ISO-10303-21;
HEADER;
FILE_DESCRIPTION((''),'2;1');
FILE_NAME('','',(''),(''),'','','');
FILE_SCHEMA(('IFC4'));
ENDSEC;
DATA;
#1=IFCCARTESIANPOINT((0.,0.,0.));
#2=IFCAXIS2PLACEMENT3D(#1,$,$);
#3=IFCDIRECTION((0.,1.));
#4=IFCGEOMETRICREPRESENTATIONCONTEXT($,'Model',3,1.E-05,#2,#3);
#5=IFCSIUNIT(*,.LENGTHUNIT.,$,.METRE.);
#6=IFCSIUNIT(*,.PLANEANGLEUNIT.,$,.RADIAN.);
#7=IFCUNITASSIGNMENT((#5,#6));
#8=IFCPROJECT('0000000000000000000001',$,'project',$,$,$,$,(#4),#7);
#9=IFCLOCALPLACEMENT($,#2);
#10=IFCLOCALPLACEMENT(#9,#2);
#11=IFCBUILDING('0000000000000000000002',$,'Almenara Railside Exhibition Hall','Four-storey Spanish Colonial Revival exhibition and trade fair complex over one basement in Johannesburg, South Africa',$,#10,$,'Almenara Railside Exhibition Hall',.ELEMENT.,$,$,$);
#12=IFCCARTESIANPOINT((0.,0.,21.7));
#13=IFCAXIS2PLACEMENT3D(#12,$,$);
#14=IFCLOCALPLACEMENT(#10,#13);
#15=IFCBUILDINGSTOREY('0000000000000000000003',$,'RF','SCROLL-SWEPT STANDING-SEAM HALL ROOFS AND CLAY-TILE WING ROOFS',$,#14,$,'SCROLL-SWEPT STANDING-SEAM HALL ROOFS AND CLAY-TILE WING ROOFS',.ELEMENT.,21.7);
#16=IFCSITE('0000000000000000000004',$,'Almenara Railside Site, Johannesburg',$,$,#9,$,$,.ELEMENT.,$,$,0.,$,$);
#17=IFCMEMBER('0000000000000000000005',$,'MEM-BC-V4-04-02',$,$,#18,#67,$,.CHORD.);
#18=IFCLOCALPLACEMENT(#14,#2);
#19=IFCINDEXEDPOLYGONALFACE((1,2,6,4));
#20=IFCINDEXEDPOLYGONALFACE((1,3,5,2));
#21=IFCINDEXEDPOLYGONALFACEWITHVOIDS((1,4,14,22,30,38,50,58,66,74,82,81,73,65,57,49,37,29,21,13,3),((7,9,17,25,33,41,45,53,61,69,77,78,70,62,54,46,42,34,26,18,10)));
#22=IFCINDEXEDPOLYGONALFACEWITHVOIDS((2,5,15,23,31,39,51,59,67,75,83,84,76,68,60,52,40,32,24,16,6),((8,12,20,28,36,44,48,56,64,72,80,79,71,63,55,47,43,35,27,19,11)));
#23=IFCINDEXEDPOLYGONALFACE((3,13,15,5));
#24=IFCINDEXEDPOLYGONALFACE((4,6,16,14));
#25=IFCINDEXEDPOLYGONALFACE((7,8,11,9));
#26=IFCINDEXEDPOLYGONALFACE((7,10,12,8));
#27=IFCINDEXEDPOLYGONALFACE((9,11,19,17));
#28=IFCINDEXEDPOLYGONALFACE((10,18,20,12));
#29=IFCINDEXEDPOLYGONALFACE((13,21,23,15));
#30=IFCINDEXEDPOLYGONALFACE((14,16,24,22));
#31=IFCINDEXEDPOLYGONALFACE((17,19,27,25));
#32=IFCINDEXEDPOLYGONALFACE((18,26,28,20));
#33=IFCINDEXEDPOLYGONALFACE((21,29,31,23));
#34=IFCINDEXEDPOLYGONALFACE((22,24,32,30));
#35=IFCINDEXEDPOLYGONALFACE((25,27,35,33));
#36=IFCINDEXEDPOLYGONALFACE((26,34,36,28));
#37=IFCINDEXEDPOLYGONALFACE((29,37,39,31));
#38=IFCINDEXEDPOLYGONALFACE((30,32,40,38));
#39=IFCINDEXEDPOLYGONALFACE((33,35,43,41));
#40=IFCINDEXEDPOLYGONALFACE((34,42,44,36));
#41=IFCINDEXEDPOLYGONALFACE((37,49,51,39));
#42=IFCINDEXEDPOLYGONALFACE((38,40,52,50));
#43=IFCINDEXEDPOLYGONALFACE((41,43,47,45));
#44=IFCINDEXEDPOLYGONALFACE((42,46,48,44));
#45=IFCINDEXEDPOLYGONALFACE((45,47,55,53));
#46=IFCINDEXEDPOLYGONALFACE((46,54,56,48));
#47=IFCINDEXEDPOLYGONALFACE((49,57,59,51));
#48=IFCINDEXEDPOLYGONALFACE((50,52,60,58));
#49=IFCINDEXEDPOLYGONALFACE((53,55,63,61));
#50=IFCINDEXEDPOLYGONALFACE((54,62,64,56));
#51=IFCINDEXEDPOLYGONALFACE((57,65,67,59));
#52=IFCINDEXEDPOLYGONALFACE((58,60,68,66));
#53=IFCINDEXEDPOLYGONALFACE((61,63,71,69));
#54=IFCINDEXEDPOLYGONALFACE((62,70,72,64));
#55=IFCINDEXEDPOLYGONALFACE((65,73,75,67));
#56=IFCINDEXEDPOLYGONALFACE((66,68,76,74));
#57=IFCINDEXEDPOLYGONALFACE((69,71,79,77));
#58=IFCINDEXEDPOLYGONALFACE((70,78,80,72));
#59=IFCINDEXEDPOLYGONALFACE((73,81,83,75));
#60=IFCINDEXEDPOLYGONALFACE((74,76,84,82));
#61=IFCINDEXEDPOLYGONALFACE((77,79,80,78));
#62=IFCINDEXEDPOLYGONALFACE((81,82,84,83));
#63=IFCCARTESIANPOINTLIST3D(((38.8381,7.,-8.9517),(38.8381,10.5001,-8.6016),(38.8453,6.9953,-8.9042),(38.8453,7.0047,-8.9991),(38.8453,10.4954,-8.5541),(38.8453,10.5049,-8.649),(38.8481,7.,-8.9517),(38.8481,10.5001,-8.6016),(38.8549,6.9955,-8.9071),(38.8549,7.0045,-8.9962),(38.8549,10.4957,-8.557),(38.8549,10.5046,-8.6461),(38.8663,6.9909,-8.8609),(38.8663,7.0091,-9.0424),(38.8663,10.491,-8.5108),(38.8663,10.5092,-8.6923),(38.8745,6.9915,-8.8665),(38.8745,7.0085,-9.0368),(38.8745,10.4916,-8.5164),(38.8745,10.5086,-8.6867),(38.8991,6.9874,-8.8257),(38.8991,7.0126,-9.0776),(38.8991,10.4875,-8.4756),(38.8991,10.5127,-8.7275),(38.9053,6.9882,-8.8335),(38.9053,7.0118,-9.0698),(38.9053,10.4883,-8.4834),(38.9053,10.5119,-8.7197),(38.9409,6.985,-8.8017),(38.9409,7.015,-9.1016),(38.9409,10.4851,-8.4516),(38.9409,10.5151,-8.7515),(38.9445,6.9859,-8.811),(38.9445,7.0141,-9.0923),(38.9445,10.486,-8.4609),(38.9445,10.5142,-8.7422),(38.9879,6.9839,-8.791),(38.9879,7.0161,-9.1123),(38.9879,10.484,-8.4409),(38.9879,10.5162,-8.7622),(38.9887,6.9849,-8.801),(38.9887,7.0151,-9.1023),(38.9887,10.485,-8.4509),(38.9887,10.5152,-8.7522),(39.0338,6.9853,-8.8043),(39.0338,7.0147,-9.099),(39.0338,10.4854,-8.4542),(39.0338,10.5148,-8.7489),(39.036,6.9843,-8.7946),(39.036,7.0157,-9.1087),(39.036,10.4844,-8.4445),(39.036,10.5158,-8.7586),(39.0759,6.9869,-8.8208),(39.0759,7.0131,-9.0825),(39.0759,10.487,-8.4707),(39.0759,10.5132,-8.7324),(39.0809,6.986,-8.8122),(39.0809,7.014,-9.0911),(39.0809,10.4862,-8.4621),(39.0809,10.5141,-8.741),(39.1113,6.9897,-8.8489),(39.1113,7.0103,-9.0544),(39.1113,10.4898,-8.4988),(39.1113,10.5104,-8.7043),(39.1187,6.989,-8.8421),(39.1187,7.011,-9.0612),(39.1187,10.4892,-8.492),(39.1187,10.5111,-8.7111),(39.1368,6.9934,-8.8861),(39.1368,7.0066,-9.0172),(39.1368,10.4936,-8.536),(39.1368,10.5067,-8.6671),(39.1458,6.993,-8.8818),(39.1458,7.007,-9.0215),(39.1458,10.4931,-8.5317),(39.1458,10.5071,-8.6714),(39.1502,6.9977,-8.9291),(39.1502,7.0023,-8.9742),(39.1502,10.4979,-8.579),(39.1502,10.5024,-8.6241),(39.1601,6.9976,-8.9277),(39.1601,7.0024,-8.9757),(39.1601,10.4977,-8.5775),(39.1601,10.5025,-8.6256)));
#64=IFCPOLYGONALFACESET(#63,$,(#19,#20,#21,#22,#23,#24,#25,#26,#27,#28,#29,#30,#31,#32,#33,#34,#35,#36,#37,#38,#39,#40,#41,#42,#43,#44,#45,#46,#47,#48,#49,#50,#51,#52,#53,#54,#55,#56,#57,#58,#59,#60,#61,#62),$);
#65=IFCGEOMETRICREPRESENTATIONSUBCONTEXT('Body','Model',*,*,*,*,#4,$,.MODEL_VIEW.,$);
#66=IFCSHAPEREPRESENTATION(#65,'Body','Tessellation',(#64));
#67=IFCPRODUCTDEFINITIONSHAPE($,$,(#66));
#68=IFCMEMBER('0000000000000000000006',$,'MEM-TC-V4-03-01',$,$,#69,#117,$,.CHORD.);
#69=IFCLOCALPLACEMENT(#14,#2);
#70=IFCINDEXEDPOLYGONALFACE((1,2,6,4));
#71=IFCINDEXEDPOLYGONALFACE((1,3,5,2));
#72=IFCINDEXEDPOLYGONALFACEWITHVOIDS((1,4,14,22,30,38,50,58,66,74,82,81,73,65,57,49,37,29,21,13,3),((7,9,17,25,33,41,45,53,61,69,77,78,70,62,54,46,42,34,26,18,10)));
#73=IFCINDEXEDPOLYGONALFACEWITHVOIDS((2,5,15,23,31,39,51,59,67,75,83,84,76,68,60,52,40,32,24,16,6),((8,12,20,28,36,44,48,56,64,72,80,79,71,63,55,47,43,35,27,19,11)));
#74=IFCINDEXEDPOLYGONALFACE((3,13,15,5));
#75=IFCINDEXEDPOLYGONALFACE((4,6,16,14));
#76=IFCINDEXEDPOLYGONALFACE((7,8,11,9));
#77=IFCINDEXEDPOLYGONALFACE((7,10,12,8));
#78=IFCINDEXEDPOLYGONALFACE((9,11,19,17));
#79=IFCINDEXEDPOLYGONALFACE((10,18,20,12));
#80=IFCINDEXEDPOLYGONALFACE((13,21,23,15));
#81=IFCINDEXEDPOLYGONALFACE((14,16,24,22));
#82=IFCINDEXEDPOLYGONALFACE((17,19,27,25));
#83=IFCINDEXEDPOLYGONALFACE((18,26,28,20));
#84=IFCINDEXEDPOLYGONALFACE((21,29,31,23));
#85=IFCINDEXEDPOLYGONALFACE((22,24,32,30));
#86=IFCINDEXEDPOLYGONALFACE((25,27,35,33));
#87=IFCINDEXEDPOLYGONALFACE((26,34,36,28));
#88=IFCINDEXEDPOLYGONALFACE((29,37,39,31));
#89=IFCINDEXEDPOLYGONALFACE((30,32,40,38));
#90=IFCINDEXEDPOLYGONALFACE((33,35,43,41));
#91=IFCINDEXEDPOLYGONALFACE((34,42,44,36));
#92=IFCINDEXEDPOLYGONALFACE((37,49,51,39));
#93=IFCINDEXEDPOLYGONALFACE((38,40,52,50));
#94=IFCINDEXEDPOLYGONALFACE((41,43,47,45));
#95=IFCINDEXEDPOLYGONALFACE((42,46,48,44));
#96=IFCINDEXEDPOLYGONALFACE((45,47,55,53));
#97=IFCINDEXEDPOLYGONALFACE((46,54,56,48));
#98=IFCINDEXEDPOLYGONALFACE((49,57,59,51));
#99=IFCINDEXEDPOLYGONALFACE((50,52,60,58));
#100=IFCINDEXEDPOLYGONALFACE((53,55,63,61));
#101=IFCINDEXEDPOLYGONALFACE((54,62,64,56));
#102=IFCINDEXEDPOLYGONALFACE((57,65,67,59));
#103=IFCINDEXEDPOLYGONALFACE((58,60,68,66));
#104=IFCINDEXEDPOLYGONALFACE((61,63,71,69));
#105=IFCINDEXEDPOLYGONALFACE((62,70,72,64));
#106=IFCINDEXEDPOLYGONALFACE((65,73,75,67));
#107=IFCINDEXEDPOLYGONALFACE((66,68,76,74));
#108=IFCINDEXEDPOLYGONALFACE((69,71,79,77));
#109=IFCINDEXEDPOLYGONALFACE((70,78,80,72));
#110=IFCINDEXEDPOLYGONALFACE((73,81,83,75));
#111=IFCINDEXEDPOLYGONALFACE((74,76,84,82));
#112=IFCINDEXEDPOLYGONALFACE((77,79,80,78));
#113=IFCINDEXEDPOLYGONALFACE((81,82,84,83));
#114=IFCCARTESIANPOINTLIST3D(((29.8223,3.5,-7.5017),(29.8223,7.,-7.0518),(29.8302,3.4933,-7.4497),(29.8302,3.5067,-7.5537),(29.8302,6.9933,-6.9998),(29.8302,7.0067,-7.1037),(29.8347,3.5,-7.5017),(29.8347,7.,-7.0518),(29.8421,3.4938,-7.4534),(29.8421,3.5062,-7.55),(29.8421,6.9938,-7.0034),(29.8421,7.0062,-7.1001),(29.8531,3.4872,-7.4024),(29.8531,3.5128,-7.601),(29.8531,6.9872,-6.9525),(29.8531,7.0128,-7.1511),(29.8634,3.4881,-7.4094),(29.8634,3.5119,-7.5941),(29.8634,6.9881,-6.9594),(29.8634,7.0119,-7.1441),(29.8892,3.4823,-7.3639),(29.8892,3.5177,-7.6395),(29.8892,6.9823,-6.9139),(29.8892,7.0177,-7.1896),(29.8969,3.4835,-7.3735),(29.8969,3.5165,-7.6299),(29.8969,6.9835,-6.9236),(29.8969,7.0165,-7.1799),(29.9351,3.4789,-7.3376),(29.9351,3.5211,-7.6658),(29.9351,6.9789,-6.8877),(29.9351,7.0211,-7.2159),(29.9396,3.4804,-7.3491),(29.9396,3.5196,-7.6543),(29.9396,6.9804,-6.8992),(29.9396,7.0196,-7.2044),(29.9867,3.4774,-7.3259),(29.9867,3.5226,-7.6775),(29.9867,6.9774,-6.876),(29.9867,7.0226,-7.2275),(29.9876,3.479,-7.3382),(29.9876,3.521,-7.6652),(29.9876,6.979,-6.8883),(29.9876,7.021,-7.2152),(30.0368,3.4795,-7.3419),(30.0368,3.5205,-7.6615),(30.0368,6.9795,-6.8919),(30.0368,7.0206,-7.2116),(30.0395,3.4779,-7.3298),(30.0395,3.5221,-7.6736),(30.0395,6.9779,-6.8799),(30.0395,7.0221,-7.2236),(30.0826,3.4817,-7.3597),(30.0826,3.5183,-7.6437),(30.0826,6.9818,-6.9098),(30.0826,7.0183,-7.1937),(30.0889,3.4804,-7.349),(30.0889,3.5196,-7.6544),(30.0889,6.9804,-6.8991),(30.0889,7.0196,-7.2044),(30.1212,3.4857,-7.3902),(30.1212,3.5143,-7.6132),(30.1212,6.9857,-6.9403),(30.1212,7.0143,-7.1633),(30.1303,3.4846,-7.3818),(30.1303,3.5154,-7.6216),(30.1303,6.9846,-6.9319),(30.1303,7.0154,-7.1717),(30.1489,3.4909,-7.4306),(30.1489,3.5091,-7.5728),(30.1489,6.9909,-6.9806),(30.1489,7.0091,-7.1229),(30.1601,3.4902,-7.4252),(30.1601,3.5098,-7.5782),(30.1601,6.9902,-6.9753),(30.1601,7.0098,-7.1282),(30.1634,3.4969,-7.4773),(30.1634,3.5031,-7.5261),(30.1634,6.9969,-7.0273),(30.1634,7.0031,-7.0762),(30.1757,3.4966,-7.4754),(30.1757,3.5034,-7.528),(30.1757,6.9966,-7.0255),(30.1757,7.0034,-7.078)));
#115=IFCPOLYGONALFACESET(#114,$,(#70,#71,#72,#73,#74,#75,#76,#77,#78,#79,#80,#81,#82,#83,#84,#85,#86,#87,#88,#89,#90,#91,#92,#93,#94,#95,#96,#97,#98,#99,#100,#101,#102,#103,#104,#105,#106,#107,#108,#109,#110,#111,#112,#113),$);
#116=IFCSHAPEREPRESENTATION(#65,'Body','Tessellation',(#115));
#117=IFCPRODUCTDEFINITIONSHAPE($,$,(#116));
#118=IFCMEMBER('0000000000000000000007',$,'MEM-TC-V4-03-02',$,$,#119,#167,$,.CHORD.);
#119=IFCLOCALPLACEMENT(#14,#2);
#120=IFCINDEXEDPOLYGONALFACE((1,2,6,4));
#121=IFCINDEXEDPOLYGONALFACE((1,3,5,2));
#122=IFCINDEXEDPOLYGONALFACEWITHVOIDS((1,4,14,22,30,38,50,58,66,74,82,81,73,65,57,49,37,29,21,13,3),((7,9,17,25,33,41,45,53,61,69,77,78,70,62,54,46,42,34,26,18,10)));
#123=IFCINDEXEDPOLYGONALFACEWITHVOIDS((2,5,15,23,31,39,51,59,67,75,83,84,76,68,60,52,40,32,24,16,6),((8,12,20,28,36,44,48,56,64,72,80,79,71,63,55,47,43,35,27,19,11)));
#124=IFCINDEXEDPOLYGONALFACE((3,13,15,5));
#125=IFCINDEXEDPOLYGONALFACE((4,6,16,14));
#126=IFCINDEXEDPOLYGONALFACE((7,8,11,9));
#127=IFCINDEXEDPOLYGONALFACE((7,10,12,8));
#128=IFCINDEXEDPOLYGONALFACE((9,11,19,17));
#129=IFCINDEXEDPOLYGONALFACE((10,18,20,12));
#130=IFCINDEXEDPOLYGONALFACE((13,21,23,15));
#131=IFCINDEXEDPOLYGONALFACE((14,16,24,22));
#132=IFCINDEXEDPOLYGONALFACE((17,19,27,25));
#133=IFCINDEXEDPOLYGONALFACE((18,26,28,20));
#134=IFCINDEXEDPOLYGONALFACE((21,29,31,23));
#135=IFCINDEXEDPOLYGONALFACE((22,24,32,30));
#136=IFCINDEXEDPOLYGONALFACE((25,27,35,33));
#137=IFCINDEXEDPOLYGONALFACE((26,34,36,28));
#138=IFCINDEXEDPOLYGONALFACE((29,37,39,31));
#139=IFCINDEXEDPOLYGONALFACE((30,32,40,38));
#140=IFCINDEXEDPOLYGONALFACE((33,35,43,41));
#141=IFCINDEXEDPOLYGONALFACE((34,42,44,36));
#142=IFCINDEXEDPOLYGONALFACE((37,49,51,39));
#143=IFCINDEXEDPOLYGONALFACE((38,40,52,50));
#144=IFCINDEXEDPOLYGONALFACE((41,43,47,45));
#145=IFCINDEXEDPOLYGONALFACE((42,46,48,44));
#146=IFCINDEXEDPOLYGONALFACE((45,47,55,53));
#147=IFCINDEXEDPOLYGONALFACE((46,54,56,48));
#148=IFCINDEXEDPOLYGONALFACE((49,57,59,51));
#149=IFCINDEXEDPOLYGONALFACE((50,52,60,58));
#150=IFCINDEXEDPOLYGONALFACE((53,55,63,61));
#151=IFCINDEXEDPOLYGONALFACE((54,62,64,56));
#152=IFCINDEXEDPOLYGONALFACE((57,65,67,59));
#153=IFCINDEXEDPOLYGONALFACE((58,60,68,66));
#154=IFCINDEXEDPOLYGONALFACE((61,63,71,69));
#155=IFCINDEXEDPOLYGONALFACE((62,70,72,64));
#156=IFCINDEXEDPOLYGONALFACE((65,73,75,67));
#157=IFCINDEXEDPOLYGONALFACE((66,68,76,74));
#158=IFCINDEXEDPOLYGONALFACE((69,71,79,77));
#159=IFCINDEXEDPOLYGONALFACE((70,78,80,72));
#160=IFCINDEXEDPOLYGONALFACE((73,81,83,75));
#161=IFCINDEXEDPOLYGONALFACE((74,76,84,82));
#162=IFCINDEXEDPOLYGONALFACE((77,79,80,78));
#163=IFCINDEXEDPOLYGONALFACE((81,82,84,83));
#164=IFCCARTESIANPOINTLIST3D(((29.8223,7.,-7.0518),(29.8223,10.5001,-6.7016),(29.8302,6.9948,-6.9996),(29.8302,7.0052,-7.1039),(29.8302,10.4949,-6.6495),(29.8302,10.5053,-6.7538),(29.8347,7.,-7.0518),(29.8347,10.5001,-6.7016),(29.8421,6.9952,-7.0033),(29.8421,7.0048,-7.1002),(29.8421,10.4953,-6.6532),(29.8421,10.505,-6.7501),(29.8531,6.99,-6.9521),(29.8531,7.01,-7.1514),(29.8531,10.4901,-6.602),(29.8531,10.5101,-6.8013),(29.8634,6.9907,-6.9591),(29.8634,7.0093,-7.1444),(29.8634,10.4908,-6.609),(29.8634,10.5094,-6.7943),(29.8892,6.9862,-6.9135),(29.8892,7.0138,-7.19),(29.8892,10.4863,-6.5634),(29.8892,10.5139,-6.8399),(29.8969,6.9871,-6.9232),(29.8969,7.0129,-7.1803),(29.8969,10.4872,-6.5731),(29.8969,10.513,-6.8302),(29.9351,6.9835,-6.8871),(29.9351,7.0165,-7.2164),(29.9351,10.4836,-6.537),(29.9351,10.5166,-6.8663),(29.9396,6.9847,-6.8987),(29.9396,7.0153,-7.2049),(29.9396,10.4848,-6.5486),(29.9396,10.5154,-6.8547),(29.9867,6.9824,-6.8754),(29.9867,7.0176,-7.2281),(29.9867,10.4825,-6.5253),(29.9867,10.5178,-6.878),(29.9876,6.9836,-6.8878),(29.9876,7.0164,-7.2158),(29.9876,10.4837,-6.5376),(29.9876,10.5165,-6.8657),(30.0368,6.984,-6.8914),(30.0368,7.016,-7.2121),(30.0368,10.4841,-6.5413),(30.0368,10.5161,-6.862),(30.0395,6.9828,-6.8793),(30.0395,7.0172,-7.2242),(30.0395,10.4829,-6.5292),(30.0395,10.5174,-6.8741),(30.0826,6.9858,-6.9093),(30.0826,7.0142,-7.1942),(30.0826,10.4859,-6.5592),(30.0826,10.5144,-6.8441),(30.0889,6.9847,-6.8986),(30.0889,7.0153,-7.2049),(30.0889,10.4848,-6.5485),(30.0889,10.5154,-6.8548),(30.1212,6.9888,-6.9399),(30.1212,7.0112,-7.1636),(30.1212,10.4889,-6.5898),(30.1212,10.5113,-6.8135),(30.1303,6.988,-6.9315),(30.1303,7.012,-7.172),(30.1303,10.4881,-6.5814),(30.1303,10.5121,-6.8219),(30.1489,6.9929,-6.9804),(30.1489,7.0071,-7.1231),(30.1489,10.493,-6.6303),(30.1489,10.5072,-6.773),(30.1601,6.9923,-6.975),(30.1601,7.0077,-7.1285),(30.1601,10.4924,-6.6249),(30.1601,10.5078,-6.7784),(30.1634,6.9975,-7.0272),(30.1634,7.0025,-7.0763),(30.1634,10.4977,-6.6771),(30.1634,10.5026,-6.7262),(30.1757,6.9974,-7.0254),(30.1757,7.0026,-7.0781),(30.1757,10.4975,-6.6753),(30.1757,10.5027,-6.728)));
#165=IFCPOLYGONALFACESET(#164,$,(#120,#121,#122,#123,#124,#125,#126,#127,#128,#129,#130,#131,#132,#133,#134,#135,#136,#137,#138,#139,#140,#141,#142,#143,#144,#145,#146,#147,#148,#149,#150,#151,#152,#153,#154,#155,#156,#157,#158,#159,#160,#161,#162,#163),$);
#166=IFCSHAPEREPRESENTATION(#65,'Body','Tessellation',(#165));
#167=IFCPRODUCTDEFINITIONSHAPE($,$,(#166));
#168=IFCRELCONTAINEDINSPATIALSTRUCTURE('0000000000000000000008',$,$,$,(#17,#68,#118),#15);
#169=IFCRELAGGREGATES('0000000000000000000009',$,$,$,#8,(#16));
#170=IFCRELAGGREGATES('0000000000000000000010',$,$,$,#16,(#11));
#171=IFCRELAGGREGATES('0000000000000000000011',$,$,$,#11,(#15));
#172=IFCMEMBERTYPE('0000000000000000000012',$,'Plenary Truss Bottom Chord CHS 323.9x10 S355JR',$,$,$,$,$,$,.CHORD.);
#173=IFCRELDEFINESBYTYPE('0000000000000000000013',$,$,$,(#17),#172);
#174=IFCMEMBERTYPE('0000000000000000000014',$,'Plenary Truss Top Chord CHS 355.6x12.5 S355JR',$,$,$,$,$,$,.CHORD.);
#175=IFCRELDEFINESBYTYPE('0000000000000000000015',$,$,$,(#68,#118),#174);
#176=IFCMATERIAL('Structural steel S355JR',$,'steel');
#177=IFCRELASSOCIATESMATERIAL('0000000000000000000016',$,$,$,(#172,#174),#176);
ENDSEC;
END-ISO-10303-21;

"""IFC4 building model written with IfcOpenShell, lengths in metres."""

from ifc_helpers import new_model, si_unit, direction, frame, origin, origin_2d, place, context, subcontext, project, spatial, hollow_circle, extrude, material, material_profile, profile_set, type_object, element, save


model = new_model("IFC4")

# Units and contexts
model_context = context("Model", 3, precision=1e-05, world=origin(), true_north=direction((0.0, 1.0)))
body_context = subcontext(model_context, "Body", "Model", "MODEL_VIEW")
ifc_project = project(units=[si_unit("LENGTHUNIT", "METRE"), si_unit("PLANEANGLEUNIT", "RADIAN")], contexts=[model_context])

# Site, building, storey
site_placement = place(None, origin())
site = spatial("IfcSite", under=ifc_project, at=site_placement, Name="Almenara Railside Site, Johannesburg", CompositionType="ELEMENT", RefElevation=0.0)
building_placement = place(site_placement, origin())
building = spatial("IfcBuilding", under=site, at=building_placement, Name="Almenara Railside Exhibition Hall", Description="Four-storey Spanish Colonial Revival exhibition and trade fair complex over one basement in Johannesburg, South Africa", LongName="Almenara Railside Exhibition Hall", CompositionType="ELEMENT")
storey_placement = place(building_placement, frame((0.0, 0.0, 21.7)))
storey = spatial("IfcBuildingStorey", under=building, at=storey_placement, Name="RF", Description="SCROLL-SWEPT STANDING-SEAM HALL ROOFS AND CLAY-TILE WING ROOFS", LongName="SCROLL-SWEPT STANDING-SEAM HALL ROOFS AND CLAY-TILE WING ROOFS", CompositionType="ELEMENT", Elevation=21.7)

# Members
ifc_material = material(Name="Structural steel S355JR", Category="steel")
ifc_material_profile_1 = material_profile(ifc_material, hollow_circle(Radius=0.1619, WallThickness=0.01, at=origin_2d()), Name="CHS 323.9x10")
ifc_profile_set_1 = profile_set([ifc_material_profile_1], Name="Structural steel S355JR")
member_type_1 = type_object("IfcMemberType", Name="Plenary Truss Bottom Chord CHS 323.9x10 S355JR", PredefinedType="CHORD", material=ifc_profile_set_1)
member_1_placement = place(storey_placement, frame((39.0, 7.0, -8.9517), z_axis=(0.0, 0.995034, 0.099531), x_axis=(-1.0, 0.0, 0.0)))
element("IfcMember", 1, at=member_1_placement, inside=storey, type_object=member_type_1, Name="MEM-BC-V4-04-02", PredefinedType="CHORD", context=body_context, shape_type="SweptSolid", body=[
    extrude(hollow_circle(Radius=0.1619, WallThickness=0.01, at=origin_2d()), origin(), (0.0, 0.0, 1.0), 3.5176),
])
ifc_material_profile_2 = material_profile(ifc_material, hollow_circle(Radius=0.1777, WallThickness=0.0125, at=origin_2d()), Name="CHS 355.6x12.5")
ifc_profile_set_2 = profile_set([ifc_material_profile_2], Name="Structural steel S355JR")
member_type_2 = type_object("IfcMemberType", Name="Plenary Truss Top Chord CHS 355.6x12.5 S355JR", PredefinedType="CHORD", material=ifc_profile_set_2)
member_2_placement = place(storey_placement, frame((30.0, 3.5, -7.5017), z_axis=(0.0, 0.991838, 0.127508), x_axis=(-1.0, 0.0, 0.0)))
element("IfcMember", 2, at=member_2_placement, inside=storey, type_object=member_type_2, Name="MEM-TC-V4-03-01", PredefinedType="CHORD", context=body_context, shape_type="SweptSolid", body=[
    extrude(hollow_circle(Radius=0.1777, WallThickness=0.0125, at=origin_2d()), origin(), (0.0, 0.0, 1.0), 3.5288),
])
member_3_placement = place(storey_placement, frame((30.0, 7.0, -7.0518), z_axis=(0.0, 0.995034, 0.099531), x_axis=(-1.0, 0.0, 0.0)))
element("IfcMember", 3, at=member_3_placement, inside=storey, type_object=member_type_2, Name="MEM-TC-V4-03-02", PredefinedType="CHORD", context=body_context, shape_type="SweptSolid", body=[
    extrude(hollow_circle(Radius=0.1777, WallThickness=0.0125, at=origin_2d()), origin(), (0.0, 0.0, 1.0), 3.5176),
])

save(model, "model.ifc")
